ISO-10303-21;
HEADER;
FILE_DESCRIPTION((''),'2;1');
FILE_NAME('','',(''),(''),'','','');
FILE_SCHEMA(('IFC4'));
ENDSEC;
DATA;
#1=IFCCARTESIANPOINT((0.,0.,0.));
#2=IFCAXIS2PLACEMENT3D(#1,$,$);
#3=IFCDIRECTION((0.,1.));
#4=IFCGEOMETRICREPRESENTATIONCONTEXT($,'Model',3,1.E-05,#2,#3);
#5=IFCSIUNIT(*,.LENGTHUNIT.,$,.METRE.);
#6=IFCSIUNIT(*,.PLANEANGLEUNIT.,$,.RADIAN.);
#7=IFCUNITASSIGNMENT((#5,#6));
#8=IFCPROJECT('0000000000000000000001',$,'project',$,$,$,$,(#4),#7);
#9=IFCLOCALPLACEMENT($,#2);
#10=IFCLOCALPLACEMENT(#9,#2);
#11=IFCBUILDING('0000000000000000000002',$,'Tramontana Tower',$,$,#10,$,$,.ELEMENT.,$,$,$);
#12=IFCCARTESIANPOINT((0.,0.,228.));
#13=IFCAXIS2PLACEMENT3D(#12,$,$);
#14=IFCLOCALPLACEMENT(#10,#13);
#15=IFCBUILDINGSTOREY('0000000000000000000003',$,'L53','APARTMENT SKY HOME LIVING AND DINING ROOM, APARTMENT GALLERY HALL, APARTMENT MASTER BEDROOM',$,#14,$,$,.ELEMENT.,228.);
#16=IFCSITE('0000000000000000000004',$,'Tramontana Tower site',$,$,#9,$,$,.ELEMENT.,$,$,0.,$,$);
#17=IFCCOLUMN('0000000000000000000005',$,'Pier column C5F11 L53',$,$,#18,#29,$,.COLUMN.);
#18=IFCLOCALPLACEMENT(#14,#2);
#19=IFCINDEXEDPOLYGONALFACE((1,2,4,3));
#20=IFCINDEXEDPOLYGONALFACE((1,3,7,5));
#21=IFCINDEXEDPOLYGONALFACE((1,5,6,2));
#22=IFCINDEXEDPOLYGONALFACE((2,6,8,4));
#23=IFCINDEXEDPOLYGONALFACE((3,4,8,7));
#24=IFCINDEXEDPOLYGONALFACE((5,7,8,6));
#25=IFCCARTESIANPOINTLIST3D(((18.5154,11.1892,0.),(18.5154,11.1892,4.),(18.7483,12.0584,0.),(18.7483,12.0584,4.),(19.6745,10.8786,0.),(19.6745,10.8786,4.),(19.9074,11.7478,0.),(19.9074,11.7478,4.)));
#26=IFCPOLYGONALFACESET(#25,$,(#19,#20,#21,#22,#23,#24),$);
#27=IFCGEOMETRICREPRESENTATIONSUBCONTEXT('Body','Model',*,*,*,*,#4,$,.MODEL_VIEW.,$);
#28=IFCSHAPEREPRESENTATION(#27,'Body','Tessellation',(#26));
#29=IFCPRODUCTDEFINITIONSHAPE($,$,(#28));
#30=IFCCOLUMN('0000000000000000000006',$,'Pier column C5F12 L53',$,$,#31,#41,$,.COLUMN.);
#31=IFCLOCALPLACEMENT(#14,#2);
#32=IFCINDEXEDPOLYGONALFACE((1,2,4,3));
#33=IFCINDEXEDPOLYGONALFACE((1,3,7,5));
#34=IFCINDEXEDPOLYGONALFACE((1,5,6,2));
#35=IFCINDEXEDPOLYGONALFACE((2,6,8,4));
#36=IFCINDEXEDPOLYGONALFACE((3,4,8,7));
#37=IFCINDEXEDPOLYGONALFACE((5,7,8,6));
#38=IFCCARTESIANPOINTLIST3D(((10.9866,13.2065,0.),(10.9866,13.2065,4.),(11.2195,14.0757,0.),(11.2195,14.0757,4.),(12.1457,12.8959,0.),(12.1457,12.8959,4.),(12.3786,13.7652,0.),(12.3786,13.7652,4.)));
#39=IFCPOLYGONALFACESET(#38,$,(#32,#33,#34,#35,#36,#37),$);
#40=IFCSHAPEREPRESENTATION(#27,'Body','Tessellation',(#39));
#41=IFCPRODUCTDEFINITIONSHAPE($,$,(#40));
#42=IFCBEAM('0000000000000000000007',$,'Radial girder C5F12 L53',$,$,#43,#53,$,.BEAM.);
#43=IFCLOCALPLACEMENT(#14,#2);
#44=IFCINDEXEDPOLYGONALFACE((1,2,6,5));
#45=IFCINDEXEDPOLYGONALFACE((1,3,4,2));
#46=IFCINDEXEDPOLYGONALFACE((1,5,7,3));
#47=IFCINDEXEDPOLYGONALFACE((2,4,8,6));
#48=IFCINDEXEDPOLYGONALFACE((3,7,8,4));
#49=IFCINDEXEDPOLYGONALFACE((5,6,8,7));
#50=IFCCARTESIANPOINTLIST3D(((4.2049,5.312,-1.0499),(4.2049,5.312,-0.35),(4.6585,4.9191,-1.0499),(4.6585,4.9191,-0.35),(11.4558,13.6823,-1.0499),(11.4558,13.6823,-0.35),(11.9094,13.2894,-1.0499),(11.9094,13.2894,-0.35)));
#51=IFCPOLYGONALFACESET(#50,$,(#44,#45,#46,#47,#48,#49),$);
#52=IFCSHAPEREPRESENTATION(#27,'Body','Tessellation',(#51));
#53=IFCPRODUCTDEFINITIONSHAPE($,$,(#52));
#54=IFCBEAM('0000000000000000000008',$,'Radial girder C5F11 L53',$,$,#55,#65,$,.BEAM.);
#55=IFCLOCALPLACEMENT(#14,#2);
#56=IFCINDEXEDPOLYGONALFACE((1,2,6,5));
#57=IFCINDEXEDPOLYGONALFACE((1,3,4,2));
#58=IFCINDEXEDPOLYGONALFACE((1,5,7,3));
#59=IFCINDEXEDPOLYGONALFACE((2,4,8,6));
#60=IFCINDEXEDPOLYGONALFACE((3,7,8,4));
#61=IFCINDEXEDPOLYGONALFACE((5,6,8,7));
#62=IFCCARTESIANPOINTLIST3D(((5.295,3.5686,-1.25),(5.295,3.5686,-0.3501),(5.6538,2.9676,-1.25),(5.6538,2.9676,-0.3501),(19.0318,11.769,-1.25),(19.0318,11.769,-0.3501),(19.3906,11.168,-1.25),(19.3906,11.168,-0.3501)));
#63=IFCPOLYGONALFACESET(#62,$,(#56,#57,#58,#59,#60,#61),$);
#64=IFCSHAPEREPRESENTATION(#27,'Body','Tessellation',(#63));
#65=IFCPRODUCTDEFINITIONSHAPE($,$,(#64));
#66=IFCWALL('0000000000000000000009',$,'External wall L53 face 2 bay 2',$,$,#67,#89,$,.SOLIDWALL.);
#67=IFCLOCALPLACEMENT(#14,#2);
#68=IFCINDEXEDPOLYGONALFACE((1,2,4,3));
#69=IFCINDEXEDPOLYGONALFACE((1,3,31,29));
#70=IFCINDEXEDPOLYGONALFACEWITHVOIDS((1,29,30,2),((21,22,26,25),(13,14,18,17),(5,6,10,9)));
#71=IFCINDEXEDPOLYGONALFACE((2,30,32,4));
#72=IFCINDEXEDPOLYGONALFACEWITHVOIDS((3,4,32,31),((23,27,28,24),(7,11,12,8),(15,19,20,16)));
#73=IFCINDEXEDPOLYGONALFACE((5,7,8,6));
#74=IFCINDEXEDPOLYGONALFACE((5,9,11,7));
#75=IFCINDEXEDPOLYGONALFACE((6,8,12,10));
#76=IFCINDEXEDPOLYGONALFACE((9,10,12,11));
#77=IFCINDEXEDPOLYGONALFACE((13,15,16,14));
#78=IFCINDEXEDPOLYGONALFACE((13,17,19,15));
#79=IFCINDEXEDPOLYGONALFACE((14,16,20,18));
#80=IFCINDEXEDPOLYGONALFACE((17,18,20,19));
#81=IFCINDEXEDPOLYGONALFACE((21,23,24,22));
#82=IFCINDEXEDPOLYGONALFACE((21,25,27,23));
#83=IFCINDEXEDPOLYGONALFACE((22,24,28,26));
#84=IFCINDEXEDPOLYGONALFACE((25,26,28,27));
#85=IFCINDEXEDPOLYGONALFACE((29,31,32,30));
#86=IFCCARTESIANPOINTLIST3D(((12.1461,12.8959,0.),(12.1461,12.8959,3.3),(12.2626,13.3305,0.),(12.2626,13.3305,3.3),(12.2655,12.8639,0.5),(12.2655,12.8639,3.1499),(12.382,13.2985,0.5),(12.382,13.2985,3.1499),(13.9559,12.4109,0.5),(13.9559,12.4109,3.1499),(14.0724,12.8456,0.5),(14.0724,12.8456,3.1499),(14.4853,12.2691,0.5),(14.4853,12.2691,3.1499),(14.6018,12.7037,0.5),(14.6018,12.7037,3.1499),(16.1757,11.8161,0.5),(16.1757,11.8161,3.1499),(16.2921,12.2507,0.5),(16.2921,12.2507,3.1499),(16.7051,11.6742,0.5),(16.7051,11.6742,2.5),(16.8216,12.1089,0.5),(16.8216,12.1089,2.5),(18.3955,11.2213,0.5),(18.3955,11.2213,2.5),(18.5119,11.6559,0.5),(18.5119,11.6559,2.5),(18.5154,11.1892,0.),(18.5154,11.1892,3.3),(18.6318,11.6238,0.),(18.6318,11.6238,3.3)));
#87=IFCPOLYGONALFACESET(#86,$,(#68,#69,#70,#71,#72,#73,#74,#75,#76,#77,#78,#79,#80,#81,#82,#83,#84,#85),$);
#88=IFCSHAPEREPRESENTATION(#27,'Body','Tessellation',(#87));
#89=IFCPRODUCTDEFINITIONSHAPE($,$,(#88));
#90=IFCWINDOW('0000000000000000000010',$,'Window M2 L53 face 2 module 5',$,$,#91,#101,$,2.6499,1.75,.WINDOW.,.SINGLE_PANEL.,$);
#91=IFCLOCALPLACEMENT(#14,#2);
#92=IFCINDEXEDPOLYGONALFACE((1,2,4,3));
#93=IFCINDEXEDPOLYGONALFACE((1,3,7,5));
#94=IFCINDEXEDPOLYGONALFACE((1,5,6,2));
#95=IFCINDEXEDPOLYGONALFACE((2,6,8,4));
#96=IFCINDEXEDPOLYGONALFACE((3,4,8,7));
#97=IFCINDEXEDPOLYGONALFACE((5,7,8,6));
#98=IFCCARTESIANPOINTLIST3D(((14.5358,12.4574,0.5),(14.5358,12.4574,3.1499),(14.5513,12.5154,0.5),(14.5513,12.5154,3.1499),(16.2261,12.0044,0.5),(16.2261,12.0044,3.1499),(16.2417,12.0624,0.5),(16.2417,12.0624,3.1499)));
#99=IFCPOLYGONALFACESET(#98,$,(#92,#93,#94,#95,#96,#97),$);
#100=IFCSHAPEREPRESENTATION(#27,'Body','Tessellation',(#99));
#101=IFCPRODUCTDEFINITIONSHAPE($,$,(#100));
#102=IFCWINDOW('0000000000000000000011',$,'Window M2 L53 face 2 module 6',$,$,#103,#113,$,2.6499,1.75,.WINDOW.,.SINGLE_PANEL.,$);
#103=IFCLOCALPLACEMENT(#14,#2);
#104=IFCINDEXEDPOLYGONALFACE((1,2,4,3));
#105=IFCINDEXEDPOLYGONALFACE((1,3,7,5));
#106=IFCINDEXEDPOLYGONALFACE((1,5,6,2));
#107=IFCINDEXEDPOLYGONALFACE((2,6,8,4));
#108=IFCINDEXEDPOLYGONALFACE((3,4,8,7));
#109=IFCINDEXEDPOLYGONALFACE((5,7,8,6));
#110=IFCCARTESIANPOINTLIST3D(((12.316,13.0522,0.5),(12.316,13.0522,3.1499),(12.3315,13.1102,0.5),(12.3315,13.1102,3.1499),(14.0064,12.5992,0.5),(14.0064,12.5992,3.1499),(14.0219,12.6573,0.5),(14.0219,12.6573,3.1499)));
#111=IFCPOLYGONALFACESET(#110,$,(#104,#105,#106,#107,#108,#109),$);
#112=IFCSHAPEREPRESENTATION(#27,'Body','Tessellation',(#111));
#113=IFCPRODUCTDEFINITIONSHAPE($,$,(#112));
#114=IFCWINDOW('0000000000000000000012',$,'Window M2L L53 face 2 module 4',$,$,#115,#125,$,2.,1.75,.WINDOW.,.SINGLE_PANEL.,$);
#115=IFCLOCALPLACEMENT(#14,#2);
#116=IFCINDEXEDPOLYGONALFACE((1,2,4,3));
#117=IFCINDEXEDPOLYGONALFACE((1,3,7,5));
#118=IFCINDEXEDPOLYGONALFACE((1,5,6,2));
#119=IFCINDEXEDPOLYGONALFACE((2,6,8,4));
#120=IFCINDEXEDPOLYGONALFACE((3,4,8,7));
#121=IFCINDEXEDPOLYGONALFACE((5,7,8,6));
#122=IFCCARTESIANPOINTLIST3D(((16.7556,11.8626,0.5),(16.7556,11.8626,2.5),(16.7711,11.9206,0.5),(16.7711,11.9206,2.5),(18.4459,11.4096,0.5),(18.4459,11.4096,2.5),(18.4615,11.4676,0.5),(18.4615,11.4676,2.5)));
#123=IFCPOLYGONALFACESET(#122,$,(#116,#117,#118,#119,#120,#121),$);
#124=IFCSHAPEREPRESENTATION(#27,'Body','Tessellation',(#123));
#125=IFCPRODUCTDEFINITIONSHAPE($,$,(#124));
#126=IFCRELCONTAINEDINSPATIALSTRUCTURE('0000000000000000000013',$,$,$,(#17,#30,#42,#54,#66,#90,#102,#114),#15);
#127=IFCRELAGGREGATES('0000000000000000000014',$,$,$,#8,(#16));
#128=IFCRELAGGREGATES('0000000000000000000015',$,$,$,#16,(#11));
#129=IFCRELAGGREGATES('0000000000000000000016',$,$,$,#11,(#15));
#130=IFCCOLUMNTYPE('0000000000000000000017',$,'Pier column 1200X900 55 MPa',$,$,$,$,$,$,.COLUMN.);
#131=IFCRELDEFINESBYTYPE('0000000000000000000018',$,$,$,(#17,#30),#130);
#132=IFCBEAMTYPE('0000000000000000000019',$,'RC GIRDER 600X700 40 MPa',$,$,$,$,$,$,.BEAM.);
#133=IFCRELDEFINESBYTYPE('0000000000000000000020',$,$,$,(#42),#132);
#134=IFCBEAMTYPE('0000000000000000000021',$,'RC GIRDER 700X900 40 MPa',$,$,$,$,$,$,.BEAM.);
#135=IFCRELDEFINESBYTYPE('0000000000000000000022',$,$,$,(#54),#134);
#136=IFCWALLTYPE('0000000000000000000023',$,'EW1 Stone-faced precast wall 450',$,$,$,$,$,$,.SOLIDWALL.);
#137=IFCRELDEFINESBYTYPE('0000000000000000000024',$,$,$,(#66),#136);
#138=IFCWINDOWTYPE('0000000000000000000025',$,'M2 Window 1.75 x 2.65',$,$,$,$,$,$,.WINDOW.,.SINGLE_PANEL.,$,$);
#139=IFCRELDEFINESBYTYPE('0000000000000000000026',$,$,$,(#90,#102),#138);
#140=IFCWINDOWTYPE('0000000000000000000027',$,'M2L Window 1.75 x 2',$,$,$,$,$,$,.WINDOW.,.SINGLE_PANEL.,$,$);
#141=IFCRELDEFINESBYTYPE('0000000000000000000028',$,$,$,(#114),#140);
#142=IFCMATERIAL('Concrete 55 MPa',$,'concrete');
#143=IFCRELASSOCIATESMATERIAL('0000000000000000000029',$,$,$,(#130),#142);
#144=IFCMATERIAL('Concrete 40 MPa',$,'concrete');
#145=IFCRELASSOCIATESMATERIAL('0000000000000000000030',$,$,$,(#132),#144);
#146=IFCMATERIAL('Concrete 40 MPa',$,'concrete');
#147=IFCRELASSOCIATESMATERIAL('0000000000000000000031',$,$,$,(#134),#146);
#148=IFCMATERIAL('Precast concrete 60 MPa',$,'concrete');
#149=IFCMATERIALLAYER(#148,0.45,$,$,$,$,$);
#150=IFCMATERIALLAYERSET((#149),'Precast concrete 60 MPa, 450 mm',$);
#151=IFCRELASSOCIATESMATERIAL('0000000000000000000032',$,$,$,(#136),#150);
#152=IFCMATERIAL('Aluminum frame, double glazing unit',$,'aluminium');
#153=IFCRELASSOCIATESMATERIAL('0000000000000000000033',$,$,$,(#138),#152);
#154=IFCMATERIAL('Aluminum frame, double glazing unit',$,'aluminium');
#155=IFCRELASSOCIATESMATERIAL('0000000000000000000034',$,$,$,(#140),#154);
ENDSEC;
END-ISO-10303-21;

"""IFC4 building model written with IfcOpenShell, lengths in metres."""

from ifc_helpers import new_model, si_unit, direction, frame, frame_2d, origin, origin_2d, place, context, subcontext, project, spatial, rectangle, extrude, material, layer, layer_set, material_profile, profile_set, type_object, element, fill, save


model = new_model("IFC4")

# Units and contexts
model_context = context("Model", 3, precision=1e-05, world=origin(), true_north=direction((0.0, 1.0)))
body_context = subcontext(model_context, "Body", "Model", "MODEL_VIEW")
ifc_project = project(units=[si_unit("LENGTHUNIT", "METRE"), si_unit("PLANEANGLEUNIT", "RADIAN")], contexts=[model_context])

# Site, building, storey
site_placement = place(None, origin())
site = spatial("IfcSite", under=ifc_project, at=site_placement, Name="Tramontana Tower site", CompositionType="ELEMENT", RefElevation=0.0)
building_placement = place(site_placement, origin())
building = spatial("IfcBuilding", under=site, at=building_placement, Name="Tramontana Tower", CompositionType="ELEMENT")
storey_placement = place(building_placement, frame((0.0, 0.0, 228.0)))
storey = spatial("IfcBuildingStorey", under=building, at=storey_placement, Name="L53", Description="APARTMENT SKY HOME LIVING AND DINING ROOM, APARTMENT GALLERY HALL, APARTMENT MASTER BEDROOM", CompositionType="ELEMENT", Elevation=228.0)

# Columns
ifc_material_1 = material(Name="Concrete 55 MPa", Category="concrete")
ifc_material_profile_1 = material_profile(ifc_material_1, rectangle(XDim=1.2, YDim=0.8999, at=origin_2d()), Name="Pier column 1200X900 55 MPa")
ifc_profile_set_1 = profile_set([ifc_material_profile_1], Name="Concrete 55 MPa")
column_type = type_object("IfcColumnType", Name="Pier column 1200X900 55 MPa", PredefinedType="COLUMN", material=ifc_profile_set_1)
for number, where, z_axis, x_axis, name in (
    (1, (19.2114, 11.4685, 0.0), (0.0, 0.0, 1.0), (-0.965926, 0.258819, 0.0), "Pier column C5F11 L53"),
    (2, (11.6826, 13.4858, 0.0), (0.0, 0.0, 1.0), (-0.965926, 0.258819, 0.0), "Pier column C5F12 L53"),
):
    element("IfcColumn", number, at=place(storey_placement, frame(where, z_axis=z_axis, x_axis=x_axis)), inside=storey, type_object=column_type, Name=name, PredefinedType="COLUMN", context=body_context, shape_type="SweptSolid", body=[
        extrude(rectangle(XDim=1.2, YDim=0.8999, at=origin_2d()), origin(), (0.0, 0.0, 1.0), 4.0),
    ])

# Beams
ifc_material_2 = material(Name="Concrete 40 MPa", Category="concrete")
ifc_material_profile_2 = material_profile(ifc_material_2, rectangle(XDim=0.6001, YDim=0.7, at=origin_2d()), Name="RC GIRDER 600X700 40 MPa")
ifc_profile_set_2 = profile_set([ifc_material_profile_2], Name="Concrete 40 MPa")
beam_type_1 = type_object("IfcBeamType", Name="RC GIRDER 600X700 40 MPa", PredefinedType="BEAM", material=ifc_profile_set_2)
beam_1_placement = place(storey_placement, frame((11.6826, 13.4858, -0.7), z_axis=(-0.654758, -0.755838, 0.0), x_axis=(0.755838, -0.654758, 0.0)))
element("IfcBeam", 3, at=beam_1_placement, inside=storey, type_object=beam_type_1, Name="Radial girder C5F12 L53", PredefinedType="BEAM", context=body_context, shape_type="SweptSolid", body=[
    extrude(rectangle(XDim=0.6001, YDim=0.7, at=origin_2d()), origin(), (0.0, 0.0, 1.0), 11.0742),
])
ifc_material_3 = material(Name="Concrete 40 MPa", Category="concrete")
ifc_material_profile_3 = material_profile(ifc_material_3, rectangle(XDim=0.7, YDim=0.8999, at=origin_2d()), Name="RC GIRDER 700X900 40 MPa")
ifc_profile_set_3 = profile_set([ifc_material_profile_3], Name="Concrete 40 MPa")
beam_type_2 = type_object("IfcBeamType", Name="RC GIRDER 700X900 40 MPa", PredefinedType="BEAM", material=ifc_profile_set_3)
beam_2_placement = place(storey_placement, frame((19.2112, 11.4685, -0.8), z_axis=(-0.858639, -0.51258, 0.0), x_axis=(0.51258, -0.858639, 0.0)))
element("IfcBeam", 4, at=beam_2_placement, inside=storey, type_object=beam_type_2, Name="Radial girder C5F11 L53", PredefinedType="BEAM", context=body_context, shape_type="SweptSolid", body=[
    extrude(rectangle(XDim=0.7, YDim=0.8999, at=origin_2d()), origin(), (0.0, 0.0, 1.0), 15.9983),
])

# Wall, openings, windows
ifc_material_4 = material(Name="Precast concrete 60 MPa", Category="concrete")
ifc_layer_1 = layer(ifc_material_4, 0.45)
ifc_layer_set_1 = layer_set([ifc_layer_1], Name="Precast concrete 60 MPa, 450 mm")
wall_type_1 = type_object("IfcWallType", Name="EW1 Stone-faced precast wall 450", PredefinedType="SOLIDWALL", material=ifc_layer_set_1)
wall_1_placement = place(storey_placement, frame((18.5735, 11.4065, 0.0), z_axis=(0.0, 0.0, 1.0), x_axis=(-0.965921, 0.258835, 0.0)))
wall_1 = element("IfcWall", 5, at=wall_1_placement, inside=storey, type_object=wall_type_1, Name="External wall L53 face 2 bay 2", PredefinedType="SOLIDWALL", context=body_context, shape_type="SweptSolid", body=[
    extrude(rectangle(XDim=6.594, YDim=0.45, at=frame_2d((3.2969, 0.0))), origin(), (0.0, 0.0, 1.0), 3.3),
])
opening_1_placement = place(wall_1_placement, frame((0.124, 0.0, 0.5)))
opening_1 = element("IfcOpeningElement", 6, at=opening_1_placement, cuts=wall_1, PredefinedType="OPENING", context=body_context, shape_type="SweptSolid", body=[
    extrude(rectangle(XDim=1.75, YDim=2.0, at=frame_2d((0.875, 1.0))), frame((0.0, 0.2349, 0.0), z_axis=(0.0, -1.0, 0.0), x_axis=(1.0, 0.0, 0.0)), (0.0, 0.0, 1.0), 0.47),
])
opening_2_placement = place(wall_1_placement, frame((2.4221, 0.0, 0.5)))
opening_2 = element("IfcOpeningElement", 7, at=opening_2_placement, cuts=wall_1, PredefinedType="OPENING", context=body_context, shape_type="SweptSolid", body=[
    extrude(rectangle(XDim=1.75, YDim=2.6499, at=frame_2d((0.875, 1.325))), frame((0.0, 0.2349, 0.0), z_axis=(0.0, -1.0, 0.0), x_axis=(1.0, 0.0, 0.0)), (0.0, 0.0, 1.0), 0.47),
])
opening_3_placement = place(wall_1_placement, frame((4.7202, 0.0, 0.5)))
opening_3 = element("IfcOpeningElement", 8, at=opening_3_placement, cuts=wall_1, PredefinedType="OPENING", context=body_context, shape_type="SweptSolid", body=[
    extrude(rectangle(XDim=1.75, YDim=2.6499, at=frame_2d((0.875, 1.325))), frame((0.0, 0.2349, 0.0), z_axis=(0.0, -1.0, 0.0), x_axis=(1.0, 0.0, 0.0)), (0.0, 0.0, 1.0), 0.47),
])
ifc_material_5 = material(Name="Aluminum frame, double glazing unit", Category="aluminium")
window_type_1 = type_object("IfcWindowType", Name="M2 Window 1.75 x 2.65", PartitioningType="SINGLE_PANEL", PredefinedType="WINDOW", material=ifc_material_5)
window_1_placement = place(opening_2_placement, origin())
window_1 = element("IfcWindow", 9, at=window_1_placement, inside=storey, type_object=window_type_1, Name="Window M2 L53 face 2 module 5", OverallHeight=2.6499, OverallWidth=1.75, PartitioningType="SINGLE_PANEL", PredefinedType="WINDOW", context=body_context, shape_type="SweptSolid", body=[
    extrude(rectangle(XDim=1.75, YDim=2.6499, at=frame_2d((0.875, 1.325))), frame((0.0, 0.03, 0.0), z_axis=(0.0, -1.0, 0.0), x_axis=(1.0, 0.0, 0.0)), (0.0, 0.0, 1.0), 0.0601),
])
fill(opening_2, window_1)
window_2_placement = place(opening_3_placement, origin())
window_2 = element("IfcWindow", 10, at=window_2_placement, inside=storey, type_object=window_type_1, Name="Window M2 L53 face 2 module 6", OverallHeight=2.6499, OverallWidth=1.75, PartitioningType="SINGLE_PANEL", PredefinedType="WINDOW", context=body_context, shape_type="SweptSolid", body=[
    extrude(rectangle(XDim=1.75, YDim=2.6499, at=frame_2d((0.875, 1.325))), frame((0.0, 0.03, 0.0), z_axis=(0.0, -1.0, 0.0), x_axis=(1.0, 0.0, 0.0)), (0.0, 0.0, 1.0), 0.0601),
])
fill(opening_3, window_2)
ifc_material_6 = material(Name="Aluminum frame, double glazing unit", Category="aluminium")
window_type_2 = type_object("IfcWindowType", Name="M2L Window 1.75 x 2", PartitioningType="SINGLE_PANEL", PredefinedType="WINDOW", material=ifc_material_6)
window_3_placement = place(opening_1_placement, origin())
window_3 = element("IfcWindow", 11, at=window_3_placement, inside=storey, type_object=window_type_2, Name="Window M2L L53 face 2 module 4", OverallHeight=2.0, OverallWidth=1.75, PartitioningType="SINGLE_PANEL", PredefinedType="WINDOW", context=body_context, shape_type="SweptSolid", body=[
    extrude(rectangle(XDim=1.75, YDim=2.0, at=frame_2d((0.875, 1.0))), frame((0.0, 0.03, 0.0), z_axis=(0.0, -1.0, 0.0), x_axis=(1.0, 0.0, 0.0)), (0.0, 0.0, 1.0), 0.0601),
])
fill(opening_1, window_3)

save(model, "model.ifc")
